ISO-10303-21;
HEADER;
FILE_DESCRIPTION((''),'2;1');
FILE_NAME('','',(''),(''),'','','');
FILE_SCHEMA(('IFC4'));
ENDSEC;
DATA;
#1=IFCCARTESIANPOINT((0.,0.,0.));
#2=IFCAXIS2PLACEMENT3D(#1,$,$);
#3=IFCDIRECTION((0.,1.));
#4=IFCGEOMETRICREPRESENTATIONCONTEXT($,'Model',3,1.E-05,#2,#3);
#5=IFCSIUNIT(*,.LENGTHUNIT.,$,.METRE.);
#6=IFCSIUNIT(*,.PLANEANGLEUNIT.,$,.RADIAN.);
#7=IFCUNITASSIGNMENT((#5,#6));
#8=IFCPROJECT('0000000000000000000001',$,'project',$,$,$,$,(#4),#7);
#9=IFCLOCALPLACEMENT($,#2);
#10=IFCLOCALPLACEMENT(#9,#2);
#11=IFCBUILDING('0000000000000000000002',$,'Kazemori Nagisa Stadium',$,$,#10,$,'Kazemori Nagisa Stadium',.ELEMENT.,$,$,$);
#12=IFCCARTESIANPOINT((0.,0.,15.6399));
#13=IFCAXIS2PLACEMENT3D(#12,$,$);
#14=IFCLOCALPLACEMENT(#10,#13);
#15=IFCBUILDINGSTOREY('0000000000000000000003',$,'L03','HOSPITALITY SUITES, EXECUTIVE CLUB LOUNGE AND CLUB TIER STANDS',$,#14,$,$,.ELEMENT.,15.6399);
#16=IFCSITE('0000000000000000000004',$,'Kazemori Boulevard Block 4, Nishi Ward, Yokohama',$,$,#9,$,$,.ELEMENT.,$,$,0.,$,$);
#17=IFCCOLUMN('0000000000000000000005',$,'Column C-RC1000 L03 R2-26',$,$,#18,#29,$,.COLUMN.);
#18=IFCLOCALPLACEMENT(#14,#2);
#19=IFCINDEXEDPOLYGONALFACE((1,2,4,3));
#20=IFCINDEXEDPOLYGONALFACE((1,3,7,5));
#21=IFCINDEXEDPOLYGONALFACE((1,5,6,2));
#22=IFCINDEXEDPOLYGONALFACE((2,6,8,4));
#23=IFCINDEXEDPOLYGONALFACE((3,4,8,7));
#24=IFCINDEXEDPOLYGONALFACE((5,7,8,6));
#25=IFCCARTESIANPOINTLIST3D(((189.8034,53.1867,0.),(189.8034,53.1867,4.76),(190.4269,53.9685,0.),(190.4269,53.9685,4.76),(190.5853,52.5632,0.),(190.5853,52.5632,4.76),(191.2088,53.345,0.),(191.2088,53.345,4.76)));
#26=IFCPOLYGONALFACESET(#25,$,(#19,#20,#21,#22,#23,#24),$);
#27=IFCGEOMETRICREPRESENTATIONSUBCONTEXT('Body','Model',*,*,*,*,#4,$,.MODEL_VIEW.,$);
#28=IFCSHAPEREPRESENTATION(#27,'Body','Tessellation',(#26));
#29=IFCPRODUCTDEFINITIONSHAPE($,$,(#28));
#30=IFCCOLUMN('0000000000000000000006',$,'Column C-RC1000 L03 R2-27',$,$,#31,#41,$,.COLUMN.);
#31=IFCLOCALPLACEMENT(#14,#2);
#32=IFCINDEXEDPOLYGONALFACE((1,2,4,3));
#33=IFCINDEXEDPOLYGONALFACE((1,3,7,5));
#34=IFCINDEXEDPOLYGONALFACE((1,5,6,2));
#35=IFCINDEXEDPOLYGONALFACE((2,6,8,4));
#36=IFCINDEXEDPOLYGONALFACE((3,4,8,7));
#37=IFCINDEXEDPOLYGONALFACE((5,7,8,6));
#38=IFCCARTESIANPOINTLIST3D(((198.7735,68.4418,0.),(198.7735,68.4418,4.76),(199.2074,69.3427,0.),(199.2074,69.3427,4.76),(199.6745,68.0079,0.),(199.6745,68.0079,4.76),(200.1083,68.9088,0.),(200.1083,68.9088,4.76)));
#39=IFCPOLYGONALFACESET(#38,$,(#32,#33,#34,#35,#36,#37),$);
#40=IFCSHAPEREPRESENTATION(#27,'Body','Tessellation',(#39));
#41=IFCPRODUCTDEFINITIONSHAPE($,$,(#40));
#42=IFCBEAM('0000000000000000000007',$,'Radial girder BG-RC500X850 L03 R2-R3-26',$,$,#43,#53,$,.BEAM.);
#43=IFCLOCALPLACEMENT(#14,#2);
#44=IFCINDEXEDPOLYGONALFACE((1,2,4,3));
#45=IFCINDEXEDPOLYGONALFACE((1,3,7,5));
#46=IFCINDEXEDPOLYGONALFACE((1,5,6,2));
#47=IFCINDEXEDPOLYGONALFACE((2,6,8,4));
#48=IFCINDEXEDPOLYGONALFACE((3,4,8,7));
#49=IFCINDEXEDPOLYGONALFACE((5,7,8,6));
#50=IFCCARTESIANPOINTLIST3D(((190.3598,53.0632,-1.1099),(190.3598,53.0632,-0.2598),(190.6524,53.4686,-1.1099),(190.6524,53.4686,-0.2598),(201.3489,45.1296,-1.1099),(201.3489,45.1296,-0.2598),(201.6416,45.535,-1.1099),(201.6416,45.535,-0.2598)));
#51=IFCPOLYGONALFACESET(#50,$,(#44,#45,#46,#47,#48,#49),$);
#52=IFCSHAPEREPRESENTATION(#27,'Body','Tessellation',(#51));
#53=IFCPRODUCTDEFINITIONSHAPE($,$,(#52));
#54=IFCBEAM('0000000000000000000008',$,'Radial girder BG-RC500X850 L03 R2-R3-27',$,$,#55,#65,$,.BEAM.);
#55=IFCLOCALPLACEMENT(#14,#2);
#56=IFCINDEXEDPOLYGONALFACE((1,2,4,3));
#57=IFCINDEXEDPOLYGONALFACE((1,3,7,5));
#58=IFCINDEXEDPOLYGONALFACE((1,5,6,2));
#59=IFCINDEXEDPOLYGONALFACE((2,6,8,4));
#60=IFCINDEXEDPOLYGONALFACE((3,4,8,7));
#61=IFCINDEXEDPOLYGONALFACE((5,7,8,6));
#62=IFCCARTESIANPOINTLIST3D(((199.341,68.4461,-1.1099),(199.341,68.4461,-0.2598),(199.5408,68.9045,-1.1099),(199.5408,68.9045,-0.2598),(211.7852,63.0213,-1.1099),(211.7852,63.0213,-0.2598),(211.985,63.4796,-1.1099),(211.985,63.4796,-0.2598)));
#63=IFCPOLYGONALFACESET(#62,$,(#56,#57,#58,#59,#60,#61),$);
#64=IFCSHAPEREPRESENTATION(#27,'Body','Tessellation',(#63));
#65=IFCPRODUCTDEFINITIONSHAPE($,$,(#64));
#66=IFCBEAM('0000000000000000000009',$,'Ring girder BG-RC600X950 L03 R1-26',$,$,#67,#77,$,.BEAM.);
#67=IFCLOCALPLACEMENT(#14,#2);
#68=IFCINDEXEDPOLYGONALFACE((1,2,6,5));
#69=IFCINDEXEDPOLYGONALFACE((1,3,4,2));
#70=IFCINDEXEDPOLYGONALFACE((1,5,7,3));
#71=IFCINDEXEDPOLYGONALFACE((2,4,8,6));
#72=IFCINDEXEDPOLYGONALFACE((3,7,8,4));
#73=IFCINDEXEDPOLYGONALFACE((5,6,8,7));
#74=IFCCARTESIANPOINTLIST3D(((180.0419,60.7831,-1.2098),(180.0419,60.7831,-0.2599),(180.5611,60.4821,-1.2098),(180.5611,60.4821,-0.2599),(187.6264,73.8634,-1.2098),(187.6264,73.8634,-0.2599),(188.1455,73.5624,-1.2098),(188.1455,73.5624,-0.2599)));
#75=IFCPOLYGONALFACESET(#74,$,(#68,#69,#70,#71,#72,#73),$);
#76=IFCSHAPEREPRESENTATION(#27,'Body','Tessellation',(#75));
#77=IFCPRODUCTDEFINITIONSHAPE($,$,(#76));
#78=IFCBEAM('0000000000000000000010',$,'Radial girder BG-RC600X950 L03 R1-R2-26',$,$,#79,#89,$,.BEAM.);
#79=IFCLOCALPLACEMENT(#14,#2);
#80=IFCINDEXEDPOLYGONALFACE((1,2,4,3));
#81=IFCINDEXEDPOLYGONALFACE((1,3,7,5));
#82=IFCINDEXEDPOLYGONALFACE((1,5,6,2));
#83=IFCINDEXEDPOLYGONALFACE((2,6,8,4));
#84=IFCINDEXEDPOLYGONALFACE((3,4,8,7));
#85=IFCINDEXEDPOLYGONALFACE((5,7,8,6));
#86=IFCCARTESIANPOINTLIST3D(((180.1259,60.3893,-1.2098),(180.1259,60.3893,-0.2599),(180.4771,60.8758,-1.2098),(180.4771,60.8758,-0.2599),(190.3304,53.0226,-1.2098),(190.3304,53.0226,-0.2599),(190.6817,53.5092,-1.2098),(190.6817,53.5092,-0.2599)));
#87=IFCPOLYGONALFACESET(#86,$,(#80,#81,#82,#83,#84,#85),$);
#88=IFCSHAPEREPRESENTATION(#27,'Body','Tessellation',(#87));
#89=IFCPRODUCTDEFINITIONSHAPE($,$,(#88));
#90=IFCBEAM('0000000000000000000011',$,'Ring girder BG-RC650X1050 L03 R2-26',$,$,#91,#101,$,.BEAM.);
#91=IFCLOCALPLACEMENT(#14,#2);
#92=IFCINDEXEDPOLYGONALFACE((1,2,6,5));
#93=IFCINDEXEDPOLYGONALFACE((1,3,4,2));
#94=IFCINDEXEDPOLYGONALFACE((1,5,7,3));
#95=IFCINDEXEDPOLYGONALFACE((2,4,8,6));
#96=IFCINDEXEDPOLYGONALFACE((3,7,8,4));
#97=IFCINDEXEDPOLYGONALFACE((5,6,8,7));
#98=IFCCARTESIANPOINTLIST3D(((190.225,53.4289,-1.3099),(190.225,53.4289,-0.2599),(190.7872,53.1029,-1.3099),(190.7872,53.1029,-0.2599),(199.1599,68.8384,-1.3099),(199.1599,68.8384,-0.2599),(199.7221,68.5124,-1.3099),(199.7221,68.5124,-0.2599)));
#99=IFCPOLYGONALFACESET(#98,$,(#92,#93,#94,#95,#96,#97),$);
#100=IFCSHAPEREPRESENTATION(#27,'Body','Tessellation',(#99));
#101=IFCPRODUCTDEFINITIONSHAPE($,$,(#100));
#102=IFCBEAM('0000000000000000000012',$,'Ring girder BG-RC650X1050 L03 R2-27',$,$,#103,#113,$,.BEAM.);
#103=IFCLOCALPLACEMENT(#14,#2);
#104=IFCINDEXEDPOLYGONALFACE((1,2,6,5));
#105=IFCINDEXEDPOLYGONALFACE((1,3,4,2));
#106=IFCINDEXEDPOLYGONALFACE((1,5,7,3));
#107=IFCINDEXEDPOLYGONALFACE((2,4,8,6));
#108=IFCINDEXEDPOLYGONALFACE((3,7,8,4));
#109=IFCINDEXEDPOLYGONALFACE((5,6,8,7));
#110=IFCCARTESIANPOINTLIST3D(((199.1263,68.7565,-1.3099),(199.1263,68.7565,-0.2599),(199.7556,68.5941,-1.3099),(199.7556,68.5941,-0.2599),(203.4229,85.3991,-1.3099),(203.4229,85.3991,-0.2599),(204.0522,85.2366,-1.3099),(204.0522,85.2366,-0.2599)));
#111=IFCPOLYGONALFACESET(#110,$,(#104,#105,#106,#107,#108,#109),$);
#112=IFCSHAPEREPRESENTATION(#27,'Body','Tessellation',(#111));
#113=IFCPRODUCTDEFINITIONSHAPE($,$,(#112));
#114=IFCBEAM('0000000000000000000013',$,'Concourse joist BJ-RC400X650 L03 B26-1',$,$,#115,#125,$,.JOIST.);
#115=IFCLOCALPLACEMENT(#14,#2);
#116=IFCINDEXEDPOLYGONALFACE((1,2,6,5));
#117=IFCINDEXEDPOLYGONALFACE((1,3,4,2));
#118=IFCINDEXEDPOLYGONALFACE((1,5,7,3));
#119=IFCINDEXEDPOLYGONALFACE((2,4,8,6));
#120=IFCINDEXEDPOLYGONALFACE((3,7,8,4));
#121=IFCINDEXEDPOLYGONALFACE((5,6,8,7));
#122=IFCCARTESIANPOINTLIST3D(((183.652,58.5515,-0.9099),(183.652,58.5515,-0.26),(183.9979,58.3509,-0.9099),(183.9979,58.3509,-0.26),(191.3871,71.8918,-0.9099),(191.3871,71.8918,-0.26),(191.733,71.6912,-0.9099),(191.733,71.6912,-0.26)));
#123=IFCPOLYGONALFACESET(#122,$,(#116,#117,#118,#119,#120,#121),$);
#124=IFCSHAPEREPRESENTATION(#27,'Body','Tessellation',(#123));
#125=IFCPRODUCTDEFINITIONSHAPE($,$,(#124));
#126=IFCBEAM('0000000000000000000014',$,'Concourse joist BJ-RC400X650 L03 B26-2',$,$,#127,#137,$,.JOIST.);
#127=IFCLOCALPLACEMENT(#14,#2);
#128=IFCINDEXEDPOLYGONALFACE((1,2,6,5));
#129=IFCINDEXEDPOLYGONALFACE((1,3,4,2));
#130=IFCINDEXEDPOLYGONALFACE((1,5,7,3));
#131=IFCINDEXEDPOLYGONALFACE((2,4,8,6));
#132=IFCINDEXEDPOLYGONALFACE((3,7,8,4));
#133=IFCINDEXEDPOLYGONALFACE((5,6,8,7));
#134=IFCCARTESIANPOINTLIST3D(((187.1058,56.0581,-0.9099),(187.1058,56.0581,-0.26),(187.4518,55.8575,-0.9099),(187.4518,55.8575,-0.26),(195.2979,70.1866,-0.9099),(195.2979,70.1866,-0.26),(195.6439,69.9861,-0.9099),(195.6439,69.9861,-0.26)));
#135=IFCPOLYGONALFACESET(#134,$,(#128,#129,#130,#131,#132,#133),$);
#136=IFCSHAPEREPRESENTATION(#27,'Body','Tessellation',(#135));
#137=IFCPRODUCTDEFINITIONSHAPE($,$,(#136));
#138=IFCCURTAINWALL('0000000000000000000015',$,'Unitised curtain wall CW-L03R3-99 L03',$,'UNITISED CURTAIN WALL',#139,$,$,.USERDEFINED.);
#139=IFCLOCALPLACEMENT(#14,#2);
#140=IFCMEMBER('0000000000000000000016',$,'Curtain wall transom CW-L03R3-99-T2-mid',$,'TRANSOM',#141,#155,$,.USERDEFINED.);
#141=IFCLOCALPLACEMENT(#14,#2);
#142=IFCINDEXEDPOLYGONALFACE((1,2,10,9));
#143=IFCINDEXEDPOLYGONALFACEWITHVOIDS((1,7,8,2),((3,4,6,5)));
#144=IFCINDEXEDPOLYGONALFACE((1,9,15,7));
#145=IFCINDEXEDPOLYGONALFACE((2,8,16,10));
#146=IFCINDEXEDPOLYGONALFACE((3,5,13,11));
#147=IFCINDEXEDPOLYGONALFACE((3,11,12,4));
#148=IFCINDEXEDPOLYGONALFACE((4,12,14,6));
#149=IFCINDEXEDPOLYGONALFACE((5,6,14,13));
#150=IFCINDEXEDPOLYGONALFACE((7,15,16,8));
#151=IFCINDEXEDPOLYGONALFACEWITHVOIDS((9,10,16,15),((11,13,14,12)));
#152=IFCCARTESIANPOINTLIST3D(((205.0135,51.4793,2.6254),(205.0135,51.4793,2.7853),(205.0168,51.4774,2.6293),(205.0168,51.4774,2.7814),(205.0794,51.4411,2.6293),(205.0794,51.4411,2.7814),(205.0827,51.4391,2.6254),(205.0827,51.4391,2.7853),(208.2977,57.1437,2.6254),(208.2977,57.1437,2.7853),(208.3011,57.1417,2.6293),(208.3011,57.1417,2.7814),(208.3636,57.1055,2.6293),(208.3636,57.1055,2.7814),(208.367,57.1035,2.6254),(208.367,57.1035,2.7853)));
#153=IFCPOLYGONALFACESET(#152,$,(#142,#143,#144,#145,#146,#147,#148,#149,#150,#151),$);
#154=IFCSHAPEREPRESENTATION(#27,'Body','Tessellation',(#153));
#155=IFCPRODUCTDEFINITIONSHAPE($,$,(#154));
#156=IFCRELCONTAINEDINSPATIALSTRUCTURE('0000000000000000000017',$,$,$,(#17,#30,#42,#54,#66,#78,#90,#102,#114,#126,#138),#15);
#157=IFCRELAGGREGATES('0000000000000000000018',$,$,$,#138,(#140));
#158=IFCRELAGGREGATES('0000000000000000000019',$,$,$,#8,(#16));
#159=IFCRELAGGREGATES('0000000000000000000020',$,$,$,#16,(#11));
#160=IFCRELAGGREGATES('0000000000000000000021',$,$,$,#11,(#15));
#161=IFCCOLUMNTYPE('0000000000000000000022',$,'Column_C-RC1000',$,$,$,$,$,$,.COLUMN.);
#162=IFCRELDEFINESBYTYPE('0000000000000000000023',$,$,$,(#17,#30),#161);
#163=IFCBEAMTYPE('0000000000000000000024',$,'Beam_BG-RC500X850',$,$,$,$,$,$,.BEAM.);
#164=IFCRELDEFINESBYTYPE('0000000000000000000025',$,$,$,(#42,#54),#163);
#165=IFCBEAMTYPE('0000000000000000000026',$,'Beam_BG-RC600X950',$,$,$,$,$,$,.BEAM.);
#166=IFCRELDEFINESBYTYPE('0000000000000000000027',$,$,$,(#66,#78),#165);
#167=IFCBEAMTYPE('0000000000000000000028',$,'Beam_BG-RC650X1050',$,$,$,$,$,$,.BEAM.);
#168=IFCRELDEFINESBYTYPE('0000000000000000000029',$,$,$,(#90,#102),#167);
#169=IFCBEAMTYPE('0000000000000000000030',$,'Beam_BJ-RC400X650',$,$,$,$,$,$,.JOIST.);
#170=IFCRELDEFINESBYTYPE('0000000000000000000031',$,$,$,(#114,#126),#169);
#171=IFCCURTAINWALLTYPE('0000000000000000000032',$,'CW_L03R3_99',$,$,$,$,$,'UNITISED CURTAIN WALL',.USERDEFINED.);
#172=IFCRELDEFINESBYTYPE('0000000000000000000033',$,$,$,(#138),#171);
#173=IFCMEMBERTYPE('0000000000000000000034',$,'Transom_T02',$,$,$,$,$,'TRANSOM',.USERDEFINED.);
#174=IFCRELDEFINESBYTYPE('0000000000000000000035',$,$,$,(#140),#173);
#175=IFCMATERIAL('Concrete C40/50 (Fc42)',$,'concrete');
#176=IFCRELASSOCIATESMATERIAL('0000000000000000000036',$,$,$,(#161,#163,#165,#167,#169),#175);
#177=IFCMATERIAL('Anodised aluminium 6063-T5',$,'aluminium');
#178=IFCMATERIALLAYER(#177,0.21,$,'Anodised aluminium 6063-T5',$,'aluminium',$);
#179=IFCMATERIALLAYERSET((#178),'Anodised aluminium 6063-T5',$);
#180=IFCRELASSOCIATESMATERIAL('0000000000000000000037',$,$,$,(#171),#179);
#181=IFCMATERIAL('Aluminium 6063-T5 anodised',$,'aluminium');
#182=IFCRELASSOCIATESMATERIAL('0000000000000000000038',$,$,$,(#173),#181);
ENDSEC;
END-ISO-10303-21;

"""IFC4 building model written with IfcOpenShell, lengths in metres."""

from ifc_helpers import new_model, si_unit, direction, frame, origin, origin_2d, place, context, subcontext, project, spatial, rectangle, hollow_rectangle, extrude, material, layer, layer_set, material_profile, profile_set, type_object, element, aggregate, save


model = new_model("IFC4")

# Units and contexts
model_context = context("Model", 3, precision=1e-05, world=origin(), true_north=direction((0.0, 1.0)))
body_context = subcontext(model_context, "Body", "Model", "MODEL_VIEW")
ifc_project = project(units=[si_unit("LENGTHUNIT", "METRE"), si_unit("PLANEANGLEUNIT", "RADIAN")], contexts=[model_context])

# Site, building, storey
site_placement = place(None, origin())
site = spatial("IfcSite", under=ifc_project, at=site_placement, Name="Kazemori Boulevard Block 4, Nishi Ward, Yokohama", CompositionType="ELEMENT", RefElevation=0.0)
building_placement = place(site_placement, origin())
building = spatial("IfcBuilding", under=site, at=building_placement, Name="Kazemori Nagisa Stadium", LongName="Kazemori Nagisa Stadium", CompositionType="ELEMENT")
storey_placement = place(building_placement, frame((0.0, 0.0, 15.6399)))
storey = spatial("IfcBuildingStorey", under=building, at=storey_placement, Name="L03", Description="HOSPITALITY SUITES, EXECUTIVE CLUB LOUNGE AND CLUB TIER STANDS", CompositionType="ELEMENT", Elevation=15.6399)

# Columns
ifc_material_1 = material(Name="Concrete C40/50 (Fc42)", Category="concrete")
ifc_material_profile_1 = material_profile(ifc_material_1, rectangle(XDim=1.0, YDim=1.0, at=origin_2d()), Name="RC-COL-1000x1000")
ifc_profile_set_1 = profile_set([ifc_material_profile_1], Name="Concrete C40/50 (Fc42)")
column_type_1 = type_object("IfcColumnType", Name="Column_C-RC1000", PredefinedType="COLUMN", material=ifc_profile_set_1)
for number, where, z_axis, x_axis, name in (
    (1, (190.5061, 53.2659, 0.0), (0.0, 0.0, 1.0), (0.781831, -0.62349, 0.0), "Column C-RC1000 L03 R2-26"),
    (2, (199.4409, 68.6753, 0.0), (0.0, 0.0, 1.0), (0.900969, -0.433884, 0.0), "Column C-RC1000 L03 R2-27"),
):
    element("IfcColumn", number, at=place(storey_placement, frame(where, z_axis=z_axis, x_axis=x_axis)), inside=storey, type_object=column_type_1, Name=name, PredefinedType="COLUMN", context=body_context, shape_type="SweptSolid", body=[
        extrude(rectangle(XDim=1.0, YDim=1.0, at=origin_2d()), origin(), (0.0, 0.0, 1.0), 4.76),
    ])

# Beams
ifc_material_profile_2 = material_profile(ifc_material_1, rectangle(XDim=0.5, YDim=0.8501, at=origin_2d()), Name="RC-BM-500x850")
ifc_profile_set_2 = profile_set([ifc_material_profile_2], Name="Concrete C40/50 (Fc42)")
beam_type_1 = type_object("IfcBeamType", Name="Beam_BG-RC500X850", PredefinedType="BEAM", material=ifc_profile_set_2)
beam_1_placement = place(storey_placement, frame((190.5061, 53.2659, -0.6848), z_axis=(0.810788, -0.585341, 0.0), x_axis=(0.585341, 0.810788, 0.0)))
element("IfcBeam", 3, at=beam_1_placement, inside=storey, type_object=beam_type_1, Name="Radial girder BG-RC500X850 L03 R2-R3-26", PredefinedType="BEAM", context=body_context, shape_type="SweptSolid", body=[
    extrude(rectangle(XDim=0.5, YDim=0.8501, at=origin_2d()), origin(), (0.0, 0.0, 1.0), 13.5537),
])
beam_2_placement = place(storey_placement, frame((199.4409, 68.6753, -0.6848), z_axis=(0.916684, -0.399614, 0.0), x_axis=(0.399614, 0.916684, 0.0)))
element("IfcBeam", 4, at=beam_2_placement, inside=storey, type_object=beam_type_1, Name="Radial girder BG-RC500X850 L03 R2-R3-27", PredefinedType="BEAM", context=body_context, shape_type="SweptSolid", body=[
    extrude(rectangle(XDim=0.5, YDim=0.8501, at=origin_2d()), origin(), (0.0, 0.0, 1.0), 13.5752),
])
ifc_material_profile_3 = material_profile(ifc_material_1, rectangle(XDim=0.6001, YDim=0.95, at=origin_2d()), Name="RC-BM-600x950")
ifc_profile_set_3 = profile_set([ifc_material_profile_3], Name="Concrete C40/50 (Fc42)")
beam_type_2 = type_object("IfcBeamType", Name="Beam_BG-RC600X950", PredefinedType="BEAM", material=ifc_profile_set_3)
beam_3_placement = place(storey_placement, frame((180.3015, 60.6326, -0.7349), z_axis=(0.501613, 0.865092, 0.0), x_axis=(-0.865092, 0.501613, 0.0)))
element("IfcBeam", 5, at=beam_3_placement, inside=storey, type_object=beam_type_2, Name="Ring girder BG-RC600X950 L03 R1-26", PredefinedType="BEAM", context=body_context, shape_type="SweptSolid", body=[
    extrude(rectangle(XDim=0.6001, YDim=0.95, at=origin_2d()), origin(), (0.0, 0.0, 1.0), 15.1201),
])
beam_4_placement = place(storey_placement, frame((180.3015, 60.6326, -0.7349), z_axis=(0.810803, -0.585319, 0.0), x_axis=(0.585319, 0.810803, 0.0)))
element("IfcBeam", 6, at=beam_4_placement, inside=storey, type_object=beam_type_2, Name="Radial girder BG-RC600X950 L03 R1-R2-26", PredefinedType="BEAM", context=body_context, shape_type="SweptSolid", body=[
    extrude(rectangle(XDim=0.6001, YDim=0.95, at=origin_2d()), origin(), (0.0, 0.0, 1.0), 12.5857),
])
ifc_material_profile_4 = material_profile(ifc_material_1, rectangle(XDim=0.6499, YDim=1.05, at=origin_2d()), Name="RC-BM-650x1050")
ifc_profile_set_4 = profile_set([ifc_material_profile_4], Name="Concrete C40/50 (Fc42)")
beam_type_3 = type_object("IfcBeamType", Name="Beam_BG-RC650X1050", PredefinedType="BEAM", material=ifc_profile_set_4)
beam_5_placement = place(storey_placement, frame((190.5061, 53.2659, -0.7849), z_axis=(0.501607, 0.865096, 0.0), x_axis=(-0.865096, 0.501607, 0.0)))
element("IfcBeam", 7, at=beam_5_placement, inside=storey, type_object=beam_type_3, Name="Ring girder BG-RC650X1050 L03 R2-26", PredefinedType="BEAM", context=body_context, shape_type="SweptSolid", body=[
    extrude(rectangle(XDim=0.6499, YDim=1.05, at=origin_2d()), origin(), (0.0, 0.0, 1.0), 17.8125),
])
beam_6_placement = place(storey_placement, frame((199.4409, 68.6753, -0.7849), z_axis=(0.249975, 0.968252, 0.0), x_axis=(-0.968252, 0.249975, 0.0)))
element("IfcBeam", 8, at=beam_6_placement, inside=storey, type_object=beam_type_3, Name="Ring girder BG-RC650X1050 L03 R2-27", PredefinedType="BEAM", context=body_context, shape_type="SweptSolid", body=[
    extrude(rectangle(XDim=0.6499, YDim=1.05, at=origin_2d()), origin(), (0.0, 0.0, 1.0), 17.1882),
])
ifc_material_profile_5 = material_profile(ifc_material_1, rectangle(XDim=0.3999, YDim=0.6499, at=origin_2d()), Name="RC-BM-400x650")
ifc_profile_set_5 = profile_set([ifc_material_profile_5], Name="Concrete C40/50 (Fc42)")
beam_type_4 = type_object("IfcBeamType", Name="Beam_BJ-RC400X650", PredefinedType="JOIST", material=ifc_profile_set_5)
beam_7_placement = place(storey_placement, frame((183.825, 58.4512, -0.585), z_axis=(0.501607, 0.865095, 0.0), x_axis=(-0.865095, 0.501607, 0.0)))
element("IfcBeam", 9, at=beam_7_placement, inside=storey, type_object=beam_type_4, Name="Concourse joist BJ-RC400X650 L03 B26-1", PredefinedType="JOIST", context=body_context, shape_type="SweptSolid", body=[
    extrude(rectangle(XDim=0.3999, YDim=0.6499, at=origin_2d()), origin(), (0.0, 0.0, 1.0), 15.4207),
])
beam_8_placement = place(storey_placement, frame((187.2788, 55.9578, -0.585), z_axis=(0.501604, 0.865097, 0.0), x_axis=(-0.865097, 0.501604, 0.0)))
element("IfcBeam", 10, at=beam_8_placement, inside=storey, type_object=beam_type_4, Name="Concourse joist BJ-RC400X650 L03 B26-2", PredefinedType="JOIST", context=body_context, shape_type="SweptSolid", body=[
    extrude(rectangle(XDim=0.3999, YDim=0.6499, at=origin_2d()), origin(), (0.0, 0.0, 1.0), 16.3318),
])

# Curtain wall, member
ifc_material_2 = material(Name="Anodised aluminium 6063-T5", Category="aluminium")
ifc_layer_1 = layer(ifc_material_2, 0.21, Name="Anodised aluminium 6063-T5", Category="aluminium")
ifc_layer_set_1 = layer_set([ifc_layer_1], Name="Anodised aluminium 6063-T5")
curtain_wall_type = type_object("IfcCurtainWallType", Name="CW_L03R3_99", ElementType="UNITISED CURTAIN WALL", PredefinedType="USERDEFINED", material=ifc_layer_set_1)
curtain_wall_placement = place(storey_placement, origin())
curtain_wall = element("IfcCurtainWall", 11, at=curtain_wall_placement, inside=storey, type_object=curtain_wall_type, Name="Unitised curtain wall CW-L03R3-99 L03", ObjectType="UNITISED CURTAIN WALL", PredefinedType="USERDEFINED")
ifc_material_3 = material(Name="Aluminium 6063-T5 anodised", Category="aluminium")
ifc_material_profile_6 = material_profile(ifc_material_3, hollow_rectangle(XDim=0.0801, YDim=0.1599, WallThickness=0.0039, at=origin_2d()), Name="ALU-TRAN-80x160x4")
ifc_profile_set_6 = profile_set([ifc_material_profile_6], Name="Aluminium 6063-T5 anodised")
member_type = type_object("IfcMemberType", Name="Transom_T02", ElementType="TRANSOM", PredefinedType="USERDEFINED", material=ifc_profile_set_6)
member_placement = place(storey_placement, frame((205.0481, 51.4592, 2.7053), z_axis=(0.50159, 0.865105, 0.0), x_axis=(-0.865105, 0.50159, 0.0)))
member = element("IfcMember", 12, at=member_placement, type_object=member_type, Name="Curtain wall transom CW-L03R3-99-T2-mid", ObjectType="TRANSOM", PredefinedType="USERDEFINED", context=body_context, shape_type="SweptSolid", body=[
    extrude(hollow_rectangle(XDim=0.0801, YDim=0.1599, WallThickness=0.0039, at=origin_2d()), origin(), (0.0, 0.0, 1.0), 6.5476),
])
aggregate(curtain_wall, [member])

save(model, "model.ifc")
